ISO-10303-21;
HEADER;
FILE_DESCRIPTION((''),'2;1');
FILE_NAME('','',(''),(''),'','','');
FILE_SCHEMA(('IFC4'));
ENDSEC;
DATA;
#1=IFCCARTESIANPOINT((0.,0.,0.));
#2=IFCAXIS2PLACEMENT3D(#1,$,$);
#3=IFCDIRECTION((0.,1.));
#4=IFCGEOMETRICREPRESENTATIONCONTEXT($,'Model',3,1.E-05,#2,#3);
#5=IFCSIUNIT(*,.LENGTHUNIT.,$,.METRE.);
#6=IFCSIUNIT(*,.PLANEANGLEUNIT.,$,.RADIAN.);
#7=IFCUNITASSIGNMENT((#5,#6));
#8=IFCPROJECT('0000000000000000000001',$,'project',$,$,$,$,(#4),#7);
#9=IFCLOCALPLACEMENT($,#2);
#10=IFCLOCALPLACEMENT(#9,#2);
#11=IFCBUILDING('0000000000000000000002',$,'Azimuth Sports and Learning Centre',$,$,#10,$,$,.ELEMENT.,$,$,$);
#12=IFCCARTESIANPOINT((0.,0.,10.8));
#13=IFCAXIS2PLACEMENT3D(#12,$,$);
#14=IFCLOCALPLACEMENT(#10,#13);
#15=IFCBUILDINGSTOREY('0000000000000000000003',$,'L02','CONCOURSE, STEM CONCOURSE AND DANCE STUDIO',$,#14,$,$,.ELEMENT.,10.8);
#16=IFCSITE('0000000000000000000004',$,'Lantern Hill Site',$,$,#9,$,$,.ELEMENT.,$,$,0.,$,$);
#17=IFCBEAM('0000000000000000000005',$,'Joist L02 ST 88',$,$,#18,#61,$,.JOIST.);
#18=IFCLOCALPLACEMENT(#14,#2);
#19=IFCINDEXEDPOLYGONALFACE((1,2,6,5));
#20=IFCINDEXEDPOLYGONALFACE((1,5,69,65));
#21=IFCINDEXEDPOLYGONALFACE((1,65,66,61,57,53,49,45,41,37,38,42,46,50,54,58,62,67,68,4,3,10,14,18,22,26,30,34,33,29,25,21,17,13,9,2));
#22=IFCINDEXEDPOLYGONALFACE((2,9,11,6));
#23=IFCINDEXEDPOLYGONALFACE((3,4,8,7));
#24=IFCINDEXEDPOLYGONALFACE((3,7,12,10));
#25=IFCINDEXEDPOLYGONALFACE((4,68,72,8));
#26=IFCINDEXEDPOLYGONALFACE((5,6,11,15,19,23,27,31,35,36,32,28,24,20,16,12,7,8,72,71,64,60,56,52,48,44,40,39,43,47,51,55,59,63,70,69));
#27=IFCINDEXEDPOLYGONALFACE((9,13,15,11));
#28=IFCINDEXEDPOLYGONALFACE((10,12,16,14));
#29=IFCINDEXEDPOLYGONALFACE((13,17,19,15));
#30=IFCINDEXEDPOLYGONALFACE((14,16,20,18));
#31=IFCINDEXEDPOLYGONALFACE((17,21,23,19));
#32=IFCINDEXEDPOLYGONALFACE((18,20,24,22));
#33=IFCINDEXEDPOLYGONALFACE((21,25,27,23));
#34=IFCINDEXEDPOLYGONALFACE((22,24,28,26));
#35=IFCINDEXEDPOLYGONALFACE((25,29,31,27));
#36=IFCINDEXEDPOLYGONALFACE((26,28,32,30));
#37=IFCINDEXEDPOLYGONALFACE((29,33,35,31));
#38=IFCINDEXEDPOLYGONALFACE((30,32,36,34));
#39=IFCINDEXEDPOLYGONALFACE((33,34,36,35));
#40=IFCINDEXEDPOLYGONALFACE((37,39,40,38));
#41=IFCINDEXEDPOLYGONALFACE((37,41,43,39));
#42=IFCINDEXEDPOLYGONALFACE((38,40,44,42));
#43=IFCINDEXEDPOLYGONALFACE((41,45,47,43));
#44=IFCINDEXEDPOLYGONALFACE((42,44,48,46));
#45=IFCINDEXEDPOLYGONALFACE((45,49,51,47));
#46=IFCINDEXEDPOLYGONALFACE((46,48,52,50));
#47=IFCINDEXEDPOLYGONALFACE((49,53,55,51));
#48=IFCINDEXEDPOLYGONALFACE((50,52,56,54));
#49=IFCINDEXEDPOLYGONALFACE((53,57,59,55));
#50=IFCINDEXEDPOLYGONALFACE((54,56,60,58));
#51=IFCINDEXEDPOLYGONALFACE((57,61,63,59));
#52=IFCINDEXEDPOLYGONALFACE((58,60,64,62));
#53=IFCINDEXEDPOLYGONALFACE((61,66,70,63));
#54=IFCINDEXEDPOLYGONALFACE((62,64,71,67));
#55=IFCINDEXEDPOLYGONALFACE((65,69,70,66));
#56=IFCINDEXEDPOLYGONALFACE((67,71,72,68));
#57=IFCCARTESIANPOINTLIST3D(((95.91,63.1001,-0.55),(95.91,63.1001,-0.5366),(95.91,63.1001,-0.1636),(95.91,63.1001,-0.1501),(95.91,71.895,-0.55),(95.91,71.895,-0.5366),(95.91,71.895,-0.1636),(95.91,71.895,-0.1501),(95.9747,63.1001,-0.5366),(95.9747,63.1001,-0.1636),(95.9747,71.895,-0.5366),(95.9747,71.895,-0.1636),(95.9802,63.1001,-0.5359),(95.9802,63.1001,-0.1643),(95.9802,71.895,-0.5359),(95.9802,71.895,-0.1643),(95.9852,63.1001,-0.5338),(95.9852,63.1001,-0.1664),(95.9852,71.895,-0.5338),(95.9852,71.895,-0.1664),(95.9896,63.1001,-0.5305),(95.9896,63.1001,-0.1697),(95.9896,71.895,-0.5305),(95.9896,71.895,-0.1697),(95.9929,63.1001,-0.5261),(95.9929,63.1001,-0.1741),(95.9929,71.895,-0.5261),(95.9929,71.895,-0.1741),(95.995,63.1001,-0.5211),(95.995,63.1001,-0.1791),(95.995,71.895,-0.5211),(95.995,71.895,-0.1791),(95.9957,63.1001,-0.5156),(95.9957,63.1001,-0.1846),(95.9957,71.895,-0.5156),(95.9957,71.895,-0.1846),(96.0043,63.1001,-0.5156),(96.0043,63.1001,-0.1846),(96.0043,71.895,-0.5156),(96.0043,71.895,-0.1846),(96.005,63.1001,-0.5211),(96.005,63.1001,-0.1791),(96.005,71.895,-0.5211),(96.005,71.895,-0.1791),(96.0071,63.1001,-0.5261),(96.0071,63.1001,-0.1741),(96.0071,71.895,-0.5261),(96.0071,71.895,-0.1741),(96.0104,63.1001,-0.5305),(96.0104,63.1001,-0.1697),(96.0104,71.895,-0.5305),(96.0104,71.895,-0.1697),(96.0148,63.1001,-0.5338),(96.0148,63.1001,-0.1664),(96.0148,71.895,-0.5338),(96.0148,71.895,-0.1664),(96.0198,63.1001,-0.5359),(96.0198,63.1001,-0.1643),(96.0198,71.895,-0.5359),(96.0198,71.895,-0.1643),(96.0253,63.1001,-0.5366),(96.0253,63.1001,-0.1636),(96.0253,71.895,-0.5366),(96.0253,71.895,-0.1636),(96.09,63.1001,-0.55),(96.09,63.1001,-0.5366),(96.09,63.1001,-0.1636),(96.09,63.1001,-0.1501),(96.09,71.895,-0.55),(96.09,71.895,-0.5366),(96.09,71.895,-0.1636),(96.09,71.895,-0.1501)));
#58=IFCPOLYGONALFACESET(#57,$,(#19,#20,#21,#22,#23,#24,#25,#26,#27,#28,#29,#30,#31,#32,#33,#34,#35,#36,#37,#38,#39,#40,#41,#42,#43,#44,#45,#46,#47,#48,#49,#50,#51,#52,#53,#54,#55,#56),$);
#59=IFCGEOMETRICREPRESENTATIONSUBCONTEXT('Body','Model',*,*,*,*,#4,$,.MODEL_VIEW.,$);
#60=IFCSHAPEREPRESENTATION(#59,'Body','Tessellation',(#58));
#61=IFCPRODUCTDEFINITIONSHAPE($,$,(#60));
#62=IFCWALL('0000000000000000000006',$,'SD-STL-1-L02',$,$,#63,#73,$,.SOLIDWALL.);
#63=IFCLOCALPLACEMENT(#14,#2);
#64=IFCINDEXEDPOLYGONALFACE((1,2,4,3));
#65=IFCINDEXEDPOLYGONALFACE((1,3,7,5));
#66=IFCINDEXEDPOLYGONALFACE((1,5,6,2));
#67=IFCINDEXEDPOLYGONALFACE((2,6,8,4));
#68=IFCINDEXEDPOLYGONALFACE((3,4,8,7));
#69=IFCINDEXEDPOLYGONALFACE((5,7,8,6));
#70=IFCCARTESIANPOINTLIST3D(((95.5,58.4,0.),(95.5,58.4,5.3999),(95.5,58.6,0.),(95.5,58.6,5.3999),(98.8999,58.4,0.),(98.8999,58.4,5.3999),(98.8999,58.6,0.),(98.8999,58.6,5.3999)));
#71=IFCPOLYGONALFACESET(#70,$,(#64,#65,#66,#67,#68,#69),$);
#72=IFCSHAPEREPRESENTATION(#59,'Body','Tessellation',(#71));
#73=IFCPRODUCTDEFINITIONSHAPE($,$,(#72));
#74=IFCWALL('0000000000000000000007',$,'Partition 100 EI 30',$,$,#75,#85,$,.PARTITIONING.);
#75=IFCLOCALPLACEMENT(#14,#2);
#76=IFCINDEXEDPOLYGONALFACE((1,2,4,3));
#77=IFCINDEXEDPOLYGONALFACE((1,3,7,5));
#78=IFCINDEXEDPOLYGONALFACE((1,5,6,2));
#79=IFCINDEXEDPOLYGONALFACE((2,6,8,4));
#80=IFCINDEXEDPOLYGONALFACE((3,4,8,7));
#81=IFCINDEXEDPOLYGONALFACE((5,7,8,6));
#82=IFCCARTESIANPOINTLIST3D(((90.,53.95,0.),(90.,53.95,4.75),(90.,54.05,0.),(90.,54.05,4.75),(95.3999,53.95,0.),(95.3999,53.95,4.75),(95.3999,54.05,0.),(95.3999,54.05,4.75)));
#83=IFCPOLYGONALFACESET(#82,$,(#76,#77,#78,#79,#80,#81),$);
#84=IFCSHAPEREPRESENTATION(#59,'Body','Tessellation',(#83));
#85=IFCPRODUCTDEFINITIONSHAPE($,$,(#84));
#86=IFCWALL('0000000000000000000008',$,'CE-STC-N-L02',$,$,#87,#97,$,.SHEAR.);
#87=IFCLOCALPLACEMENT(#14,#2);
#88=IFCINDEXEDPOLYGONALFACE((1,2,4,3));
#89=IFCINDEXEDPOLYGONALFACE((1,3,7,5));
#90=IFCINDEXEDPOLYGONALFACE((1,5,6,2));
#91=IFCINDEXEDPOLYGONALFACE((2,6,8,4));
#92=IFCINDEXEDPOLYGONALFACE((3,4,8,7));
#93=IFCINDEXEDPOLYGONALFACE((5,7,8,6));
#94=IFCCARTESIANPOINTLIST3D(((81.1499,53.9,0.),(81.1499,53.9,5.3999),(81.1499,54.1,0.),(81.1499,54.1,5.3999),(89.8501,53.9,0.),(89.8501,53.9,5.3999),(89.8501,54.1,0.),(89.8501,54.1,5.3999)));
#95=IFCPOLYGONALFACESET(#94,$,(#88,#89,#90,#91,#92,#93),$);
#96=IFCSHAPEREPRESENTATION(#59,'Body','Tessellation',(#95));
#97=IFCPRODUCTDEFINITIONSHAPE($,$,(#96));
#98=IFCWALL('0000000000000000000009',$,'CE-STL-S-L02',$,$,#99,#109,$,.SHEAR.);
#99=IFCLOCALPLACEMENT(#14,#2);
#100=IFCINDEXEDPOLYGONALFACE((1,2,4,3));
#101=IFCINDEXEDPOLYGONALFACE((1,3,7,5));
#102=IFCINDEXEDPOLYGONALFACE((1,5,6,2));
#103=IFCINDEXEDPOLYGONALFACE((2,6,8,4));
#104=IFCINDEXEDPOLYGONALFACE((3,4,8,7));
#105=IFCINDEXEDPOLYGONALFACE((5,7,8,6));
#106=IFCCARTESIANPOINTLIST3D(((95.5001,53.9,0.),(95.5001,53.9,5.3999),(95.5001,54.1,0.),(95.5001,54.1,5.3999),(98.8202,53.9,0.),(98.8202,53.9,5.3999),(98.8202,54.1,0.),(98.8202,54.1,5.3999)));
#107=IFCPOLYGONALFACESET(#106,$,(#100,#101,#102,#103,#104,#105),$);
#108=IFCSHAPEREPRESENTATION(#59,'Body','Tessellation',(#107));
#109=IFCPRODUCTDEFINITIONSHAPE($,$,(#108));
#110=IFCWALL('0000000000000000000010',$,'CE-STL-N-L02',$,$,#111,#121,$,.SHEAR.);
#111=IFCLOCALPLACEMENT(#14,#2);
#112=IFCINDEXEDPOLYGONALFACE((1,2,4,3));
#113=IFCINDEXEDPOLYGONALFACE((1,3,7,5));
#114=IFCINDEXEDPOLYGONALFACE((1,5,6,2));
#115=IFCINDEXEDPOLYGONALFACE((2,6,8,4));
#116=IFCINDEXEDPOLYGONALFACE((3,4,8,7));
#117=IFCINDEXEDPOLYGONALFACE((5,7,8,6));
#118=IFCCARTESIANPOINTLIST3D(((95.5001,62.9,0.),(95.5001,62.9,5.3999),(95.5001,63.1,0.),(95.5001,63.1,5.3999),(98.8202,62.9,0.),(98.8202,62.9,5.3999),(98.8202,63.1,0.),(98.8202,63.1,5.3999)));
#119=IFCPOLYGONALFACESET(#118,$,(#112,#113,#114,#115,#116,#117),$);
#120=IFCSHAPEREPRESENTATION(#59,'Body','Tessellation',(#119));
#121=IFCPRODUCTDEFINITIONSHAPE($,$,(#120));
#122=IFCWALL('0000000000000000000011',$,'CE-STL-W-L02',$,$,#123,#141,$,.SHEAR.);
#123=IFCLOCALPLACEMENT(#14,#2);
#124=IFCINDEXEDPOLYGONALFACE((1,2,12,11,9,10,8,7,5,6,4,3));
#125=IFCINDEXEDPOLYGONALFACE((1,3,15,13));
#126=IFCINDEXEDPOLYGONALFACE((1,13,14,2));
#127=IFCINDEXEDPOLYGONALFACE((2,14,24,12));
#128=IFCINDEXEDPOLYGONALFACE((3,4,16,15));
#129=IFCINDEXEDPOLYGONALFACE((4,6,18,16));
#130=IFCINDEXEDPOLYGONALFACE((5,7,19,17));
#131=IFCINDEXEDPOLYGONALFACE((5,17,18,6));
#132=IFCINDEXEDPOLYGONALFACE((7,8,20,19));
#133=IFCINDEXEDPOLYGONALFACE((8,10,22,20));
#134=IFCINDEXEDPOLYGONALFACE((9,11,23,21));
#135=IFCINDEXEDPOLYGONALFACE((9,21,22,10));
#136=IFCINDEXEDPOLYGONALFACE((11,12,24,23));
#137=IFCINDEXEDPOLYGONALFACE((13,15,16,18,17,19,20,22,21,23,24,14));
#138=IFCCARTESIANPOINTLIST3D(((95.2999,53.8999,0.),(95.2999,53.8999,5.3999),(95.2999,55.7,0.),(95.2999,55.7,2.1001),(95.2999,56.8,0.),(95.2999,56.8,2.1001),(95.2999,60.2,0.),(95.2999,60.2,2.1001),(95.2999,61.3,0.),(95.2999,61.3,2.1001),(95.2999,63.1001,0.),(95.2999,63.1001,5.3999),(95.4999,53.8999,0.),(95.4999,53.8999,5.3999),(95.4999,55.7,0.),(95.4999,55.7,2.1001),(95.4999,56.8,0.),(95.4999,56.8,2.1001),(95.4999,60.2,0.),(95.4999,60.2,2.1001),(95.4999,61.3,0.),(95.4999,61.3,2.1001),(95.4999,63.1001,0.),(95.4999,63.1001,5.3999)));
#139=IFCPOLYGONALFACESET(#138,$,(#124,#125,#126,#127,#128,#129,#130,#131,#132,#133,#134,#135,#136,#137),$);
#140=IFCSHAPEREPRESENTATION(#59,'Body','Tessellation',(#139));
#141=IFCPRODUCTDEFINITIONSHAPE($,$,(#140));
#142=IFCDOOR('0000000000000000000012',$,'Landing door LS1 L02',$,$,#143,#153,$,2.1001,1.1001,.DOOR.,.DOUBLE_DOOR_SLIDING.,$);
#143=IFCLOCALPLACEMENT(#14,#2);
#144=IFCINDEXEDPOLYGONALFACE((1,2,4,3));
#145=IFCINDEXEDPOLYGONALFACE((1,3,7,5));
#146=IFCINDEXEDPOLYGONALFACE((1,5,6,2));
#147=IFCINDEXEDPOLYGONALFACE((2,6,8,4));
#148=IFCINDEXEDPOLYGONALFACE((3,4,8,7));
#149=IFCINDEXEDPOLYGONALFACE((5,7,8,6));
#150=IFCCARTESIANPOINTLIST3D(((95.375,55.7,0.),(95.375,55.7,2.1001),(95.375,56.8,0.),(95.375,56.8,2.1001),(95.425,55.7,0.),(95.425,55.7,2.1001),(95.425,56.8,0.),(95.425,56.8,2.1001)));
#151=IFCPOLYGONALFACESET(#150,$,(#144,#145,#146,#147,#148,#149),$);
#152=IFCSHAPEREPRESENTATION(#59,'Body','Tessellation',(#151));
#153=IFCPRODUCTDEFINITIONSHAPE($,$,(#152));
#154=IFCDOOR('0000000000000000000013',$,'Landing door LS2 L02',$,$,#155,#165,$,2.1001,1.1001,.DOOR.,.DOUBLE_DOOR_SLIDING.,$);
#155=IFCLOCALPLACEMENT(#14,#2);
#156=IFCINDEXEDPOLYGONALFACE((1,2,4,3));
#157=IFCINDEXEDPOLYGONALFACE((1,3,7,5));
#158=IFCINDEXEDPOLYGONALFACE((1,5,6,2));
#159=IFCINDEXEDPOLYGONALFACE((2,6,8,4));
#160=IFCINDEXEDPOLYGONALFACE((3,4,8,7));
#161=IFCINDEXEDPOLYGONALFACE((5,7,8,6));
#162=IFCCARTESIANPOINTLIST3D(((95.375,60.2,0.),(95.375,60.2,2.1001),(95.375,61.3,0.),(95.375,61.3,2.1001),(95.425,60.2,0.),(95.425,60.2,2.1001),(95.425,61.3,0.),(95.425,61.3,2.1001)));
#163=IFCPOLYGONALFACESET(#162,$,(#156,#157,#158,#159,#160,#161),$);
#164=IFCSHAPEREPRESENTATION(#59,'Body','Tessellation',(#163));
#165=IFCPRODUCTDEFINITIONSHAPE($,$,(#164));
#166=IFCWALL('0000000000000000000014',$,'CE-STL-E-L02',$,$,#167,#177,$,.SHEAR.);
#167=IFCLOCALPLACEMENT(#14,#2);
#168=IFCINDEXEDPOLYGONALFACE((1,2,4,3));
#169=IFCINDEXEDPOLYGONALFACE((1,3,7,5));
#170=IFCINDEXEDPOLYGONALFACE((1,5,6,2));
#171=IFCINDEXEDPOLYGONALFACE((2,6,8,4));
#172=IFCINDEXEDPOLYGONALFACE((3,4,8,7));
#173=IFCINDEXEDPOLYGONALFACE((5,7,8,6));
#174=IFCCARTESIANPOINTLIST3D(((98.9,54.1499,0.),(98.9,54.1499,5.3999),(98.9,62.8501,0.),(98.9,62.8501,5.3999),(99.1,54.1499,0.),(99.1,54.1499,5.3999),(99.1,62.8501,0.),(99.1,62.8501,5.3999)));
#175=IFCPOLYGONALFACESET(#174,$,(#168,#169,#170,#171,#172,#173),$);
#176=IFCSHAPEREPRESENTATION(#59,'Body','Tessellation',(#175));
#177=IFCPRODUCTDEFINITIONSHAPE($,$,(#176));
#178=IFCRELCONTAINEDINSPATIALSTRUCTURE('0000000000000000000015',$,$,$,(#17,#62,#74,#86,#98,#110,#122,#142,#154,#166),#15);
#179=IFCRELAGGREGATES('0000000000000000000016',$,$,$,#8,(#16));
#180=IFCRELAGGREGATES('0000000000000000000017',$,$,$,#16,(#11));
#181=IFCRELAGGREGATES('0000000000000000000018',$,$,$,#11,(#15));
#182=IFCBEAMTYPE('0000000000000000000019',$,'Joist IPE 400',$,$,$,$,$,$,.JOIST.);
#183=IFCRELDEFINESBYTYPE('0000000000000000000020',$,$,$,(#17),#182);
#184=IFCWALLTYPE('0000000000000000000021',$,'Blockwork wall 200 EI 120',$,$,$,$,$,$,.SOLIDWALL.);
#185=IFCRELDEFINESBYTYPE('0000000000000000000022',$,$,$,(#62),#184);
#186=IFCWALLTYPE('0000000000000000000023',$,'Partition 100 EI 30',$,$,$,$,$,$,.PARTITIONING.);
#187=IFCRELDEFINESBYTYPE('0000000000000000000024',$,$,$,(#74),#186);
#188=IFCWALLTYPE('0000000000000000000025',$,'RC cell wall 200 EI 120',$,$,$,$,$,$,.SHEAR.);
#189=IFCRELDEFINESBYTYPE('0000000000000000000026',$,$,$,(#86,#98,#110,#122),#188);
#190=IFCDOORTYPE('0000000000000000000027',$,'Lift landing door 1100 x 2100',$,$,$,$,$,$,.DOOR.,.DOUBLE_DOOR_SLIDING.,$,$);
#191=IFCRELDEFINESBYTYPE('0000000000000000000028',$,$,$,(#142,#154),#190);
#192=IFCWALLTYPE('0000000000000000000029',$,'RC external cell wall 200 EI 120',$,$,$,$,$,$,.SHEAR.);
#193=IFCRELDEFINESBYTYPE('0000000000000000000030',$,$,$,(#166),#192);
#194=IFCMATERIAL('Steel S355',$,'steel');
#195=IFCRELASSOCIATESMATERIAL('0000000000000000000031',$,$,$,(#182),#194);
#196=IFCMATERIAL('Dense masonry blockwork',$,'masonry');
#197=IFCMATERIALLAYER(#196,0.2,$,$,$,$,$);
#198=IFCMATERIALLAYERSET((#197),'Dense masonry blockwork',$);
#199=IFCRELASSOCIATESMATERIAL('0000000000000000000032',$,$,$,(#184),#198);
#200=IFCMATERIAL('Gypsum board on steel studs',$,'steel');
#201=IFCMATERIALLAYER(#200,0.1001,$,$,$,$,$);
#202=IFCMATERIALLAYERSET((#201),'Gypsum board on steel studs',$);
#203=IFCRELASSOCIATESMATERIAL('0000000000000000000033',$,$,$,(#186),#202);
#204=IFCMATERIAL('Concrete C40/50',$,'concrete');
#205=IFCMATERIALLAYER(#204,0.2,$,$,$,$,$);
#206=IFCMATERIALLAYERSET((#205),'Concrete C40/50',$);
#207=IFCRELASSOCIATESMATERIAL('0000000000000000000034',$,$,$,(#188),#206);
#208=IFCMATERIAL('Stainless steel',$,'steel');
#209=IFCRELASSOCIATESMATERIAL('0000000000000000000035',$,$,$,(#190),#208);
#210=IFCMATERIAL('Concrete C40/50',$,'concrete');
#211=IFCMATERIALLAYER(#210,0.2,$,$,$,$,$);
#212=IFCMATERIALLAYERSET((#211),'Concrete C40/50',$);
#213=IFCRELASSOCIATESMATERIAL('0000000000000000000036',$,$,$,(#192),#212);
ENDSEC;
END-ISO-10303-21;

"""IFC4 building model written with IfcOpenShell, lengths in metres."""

from ifc_helpers import new_model, si_unit, direction, frame, frame_2d, origin, origin_2d, place, context, subcontext, project, spatial, rectangle, i_section, extrude, material, layer, layer_set, material_profile, profile_set, type_object, element, fill, save


model = new_model("IFC4")

# Units and contexts
model_context = context("Model", 3, precision=1e-05, world=origin(), true_north=direction((0.0, 1.0)))
body_context = subcontext(model_context, "Body", "Model", "MODEL_VIEW")
ifc_project = project(units=[si_unit("LENGTHUNIT", "METRE"), si_unit("PLANEANGLEUNIT", "RADIAN")], contexts=[model_context])

# Site, building, storey
site_placement = place(None, origin())
site = spatial("IfcSite", under=ifc_project, at=site_placement, Name="Lantern Hill Site", CompositionType="ELEMENT", RefElevation=0.0)
building_placement = place(site_placement, origin())
building = spatial("IfcBuilding", under=site, at=building_placement, Name="Azimuth Sports and Learning Centre", CompositionType="ELEMENT")
storey_placement = place(building_placement, frame((0.0, 0.0, 10.8)))
storey = spatial("IfcBuildingStorey", under=building, at=storey_placement, Name="L02", Description="CONCOURSE, STEM CONCOURSE AND DANCE STUDIO", CompositionType="ELEMENT", Elevation=10.8)

# Beam
ifc_material_1 = material(Name="Steel S355", Category="steel")
ifc_material_profile_1 = material_profile(ifc_material_1, i_section(OverallWidth=0.1799, OverallDepth=0.3999, WebThickness=0.0085, FlangeThickness=0.0134, FilletRadius=0.021, at=origin_2d()), Name="IPE 400")
ifc_profile_set_1 = profile_set([ifc_material_profile_1], Name="Steel S355")
beam_type_1 = type_object("IfcBeamType", Name="Joist IPE 400", PredefinedType="JOIST", material=ifc_profile_set_1)
beam_1_placement = place(storey_placement, frame((96.0, 63.1001, -0.3501), z_axis=(0.0, 1.0, 0.0), x_axis=(-1.0, 0.0, 0.0)))
element("IfcBeam", 1, at=beam_1_placement, inside=storey, type_object=beam_type_1, Name="Joist L02 ST 88", PredefinedType="JOIST", context=body_context, shape_type="SweptSolid", body=[
    extrude(i_section(OverallWidth=0.1799, OverallDepth=0.3999, WebThickness=0.0085, FlangeThickness=0.0134, FilletRadius=0.021, at=origin_2d()), origin(), (0.0, 0.0, 1.0), 8.7949),
])

# Walls
ifc_material_2 = material(Name="Dense masonry blockwork", Category="masonry")
ifc_layer_1 = layer(ifc_material_2, 0.2)
ifc_layer_set_1 = layer_set([ifc_layer_1], Name="Dense masonry blockwork")
wall_type_1 = type_object("IfcWallType", Name="Blockwork wall 200 EI 120", PredefinedType="SOLIDWALL", material=ifc_layer_set_1)
wall_1_placement = place(storey_placement, frame((95.5, 58.5, 0.0), z_axis=(0.0, 0.0, 1.0), x_axis=(1.0, 0.0, 0.0)))
element("IfcWall", 2, at=wall_1_placement, inside=storey, type_object=wall_type_1, Name="SD-STL-1-L02", PredefinedType="SOLIDWALL", context=body_context, shape_type="SweptSolid", body=[
    extrude(rectangle(XDim=3.3999, YDim=0.2, at=frame_2d((1.7, 0.0))), origin(), (0.0, 0.0, 1.0), 5.3999),
])
ifc_material_3 = material(Name="Gypsum board on steel studs", Category="steel")
ifc_layer_2 = layer(ifc_material_3, 0.1001)
ifc_layer_set_2 = layer_set([ifc_layer_2], Name="Gypsum board on steel studs")
wall_type_2 = type_object("IfcWallType", Name="Partition 100 EI 30", PredefinedType="PARTITIONING", material=ifc_layer_set_2)
wall_2_placement = place(storey_placement, frame((90.0, 54.0, 0.0), z_axis=(0.0, 0.0, 1.0), x_axis=(1.0, 0.0, 0.0)))
element("IfcWall", 3, at=wall_2_placement, inside=storey, type_object=wall_type_2, Name="Partition 100 EI 30", PredefinedType="PARTITIONING", context=body_context, shape_type="SweptSolid", body=[
    extrude(rectangle(XDim=5.3999, YDim=0.1001, at=frame_2d((2.7, 0.0))), origin(), (0.0, 0.0, 1.0), 4.75),
])
ifc_material_4 = material(Name="Concrete C40/50", Category="concrete")
ifc_layer_3 = layer(ifc_material_4, 0.2)
ifc_layer_set_3 = layer_set([ifc_layer_3], Name="Concrete C40/50")
wall_type_3 = type_object("IfcWallType", Name="RC cell wall 200 EI 120", PredefinedType="SHEAR", material=ifc_layer_set_3)
wall_3_placement = place(storey_placement, frame((81.1499, 54.0, 0.0), z_axis=(0.0, 0.0, 1.0), x_axis=(1.0, 0.0, 0.0)))
element("IfcWall", 4, at=wall_3_placement, inside=storey, type_object=wall_type_3, Name="CE-STC-N-L02", PredefinedType="SHEAR", context=body_context, shape_type="SweptSolid", body=[
    extrude(rectangle(XDim=8.7002, YDim=0.2, at=frame_2d((4.3501, 0.0))), origin(), (0.0, 0.0, 1.0), 5.3999),
])
for number, where, z_axis, x_axis, name in (
    (5, (95.5, 54.0, 0.0), (0.0, 0.0, 1.0), (1.0, 0.0, 0.0), "CE-STL-S-L02"),
    (6, (95.5, 63.0, 0.0), (0.0, 0.0, 1.0), (1.0, 0.0, 0.0), "CE-STL-N-L02"),
):
    element("IfcWall", number, at=place(storey_placement, frame(where, z_axis=z_axis, x_axis=x_axis)), inside=storey, type_object=wall_type_3, Name=name, PredefinedType="SHEAR", context=body_context, shape_type="SweptSolid", body=[
        extrude(rectangle(XDim=3.3201, YDim=0.2, at=frame_2d((1.6602, 0.0))), origin(), (0.0, 0.0, 1.0), 5.3999),
    ])

# Wall, openings, doors
wall_4_placement = place(storey_placement, frame((95.3999, 53.8999, 0.0), z_axis=(0.0, 0.0, 1.0), x_axis=(0.0, 1.0, 0.0)))
wall_4 = element("IfcWall", 7, at=wall_4_placement, inside=storey, type_object=wall_type_3, Name="CE-STL-W-L02", PredefinedType="SHEAR", context=body_context, shape_type="SweptSolid", body=[
    extrude(rectangle(XDim=9.2002, YDim=0.2, at=frame_2d((4.6001, 0.0))), origin(), (0.0, 0.0, 1.0), 5.3999),
])
opening_1_placement = place(wall_4_placement, frame((1.8, 0.0, 0.0)))
opening_1 = element("IfcOpeningElement", 8, at=opening_1_placement, cuts=wall_4, PredefinedType="OPENING", context=body_context, shape_type="SweptSolid", body=[
    extrude(rectangle(XDim=1.1001, YDim=2.1001, at=frame_2d((0.55, 1.05))), frame((0.0, 0.1108, 0.0), z_axis=(0.0, -1.0, 0.0), x_axis=(1.0, 0.0, 0.0)), (0.0, 0.0, 1.0), 0.2219),
])
opening_2_placement = place(wall_4_placement, frame((6.3, 0.0, 0.0)))
opening_2 = element("IfcOpeningElement", 9, at=opening_2_placement, cuts=wall_4, PredefinedType="OPENING", context=body_context, shape_type="SweptSolid", body=[
    extrude(rectangle(XDim=1.1001, YDim=2.1001, at=frame_2d((0.55, 1.05))), frame((0.0, 0.1108, 0.0), z_axis=(0.0, -1.0, 0.0), x_axis=(1.0, 0.0, 0.0)), (0.0, 0.0, 1.0), 0.2219),
])
ifc_material_5 = material(Name="Stainless steel", Category="steel")
door_type = type_object("IfcDoorType", Name="Lift landing door 1100 x 2100", OperationType="DOUBLE_DOOR_SLIDING", PredefinedType="DOOR", material=ifc_material_5)
door_1_placement = place(opening_1_placement, origin())
door_1 = element("IfcDoor", 10, at=door_1_placement, inside=storey, type_object=door_type, Name="Landing door LS1 L02", OperationType="DOUBLE_DOOR_SLIDING", OverallHeight=2.1001, OverallWidth=1.1001, PredefinedType="DOOR", context=body_context, shape_type="SweptSolid", body=[
    extrude(rectangle(XDim=1.1001, YDim=2.1001, at=frame_2d((0.55, 1.05))), frame((0.0, 0.0249, 0.0), z_axis=(0.0, -1.0, 0.0), x_axis=(1.0, 0.0, 0.0)), (0.0, 0.0, 1.0), 0.05),
])
fill(opening_1, door_1)
door_2_placement = place(opening_2_placement, origin())
door_2 = element("IfcDoor", 11, at=door_2_placement, inside=storey, type_object=door_type, Name="Landing door LS2 L02", OperationType="DOUBLE_DOOR_SLIDING", OverallHeight=2.1001, OverallWidth=1.1001, PredefinedType="DOOR", context=body_context, shape_type="SweptSolid", body=[
    extrude(rectangle(XDim=1.1001, YDim=2.1001, at=frame_2d((0.55, 1.05))), frame((0.0, 0.0249, 0.0), z_axis=(0.0, -1.0, 0.0), x_axis=(1.0, 0.0, 0.0)), (0.0, 0.0, 1.0), 0.05),
])
fill(opening_2, door_2)

# Wall
ifc_material_6 = material(Name="Concrete C40/50", Category="concrete")
ifc_layer_4 = layer(ifc_material_6, 0.2)
ifc_layer_set_4 = layer_set([ifc_layer_4], Name="Concrete C40/50")
wall_type_4 = type_object("IfcWallType", Name="RC external cell wall 200 EI 120", PredefinedType="SHEAR", material=ifc_layer_set_4)
wall_5_placement = place(storey_placement, frame((99.0, 54.1499, 0.0), z_axis=(0.0, 0.0, 1.0), x_axis=(0.0, 1.0, 0.0)))
element("IfcWall", 12, at=wall_5_placement, inside=storey, type_object=wall_type_4, Name="CE-STL-E-L02", PredefinedType="SHEAR", context=body_context, shape_type="SweptSolid", body=[
    extrude(rectangle(XDim=8.7002, YDim=0.2, at=frame_2d((4.3501, 0.0))), origin(), (0.0, 0.0, 1.0), 5.3999),
])

save(model, "model.ifc")
